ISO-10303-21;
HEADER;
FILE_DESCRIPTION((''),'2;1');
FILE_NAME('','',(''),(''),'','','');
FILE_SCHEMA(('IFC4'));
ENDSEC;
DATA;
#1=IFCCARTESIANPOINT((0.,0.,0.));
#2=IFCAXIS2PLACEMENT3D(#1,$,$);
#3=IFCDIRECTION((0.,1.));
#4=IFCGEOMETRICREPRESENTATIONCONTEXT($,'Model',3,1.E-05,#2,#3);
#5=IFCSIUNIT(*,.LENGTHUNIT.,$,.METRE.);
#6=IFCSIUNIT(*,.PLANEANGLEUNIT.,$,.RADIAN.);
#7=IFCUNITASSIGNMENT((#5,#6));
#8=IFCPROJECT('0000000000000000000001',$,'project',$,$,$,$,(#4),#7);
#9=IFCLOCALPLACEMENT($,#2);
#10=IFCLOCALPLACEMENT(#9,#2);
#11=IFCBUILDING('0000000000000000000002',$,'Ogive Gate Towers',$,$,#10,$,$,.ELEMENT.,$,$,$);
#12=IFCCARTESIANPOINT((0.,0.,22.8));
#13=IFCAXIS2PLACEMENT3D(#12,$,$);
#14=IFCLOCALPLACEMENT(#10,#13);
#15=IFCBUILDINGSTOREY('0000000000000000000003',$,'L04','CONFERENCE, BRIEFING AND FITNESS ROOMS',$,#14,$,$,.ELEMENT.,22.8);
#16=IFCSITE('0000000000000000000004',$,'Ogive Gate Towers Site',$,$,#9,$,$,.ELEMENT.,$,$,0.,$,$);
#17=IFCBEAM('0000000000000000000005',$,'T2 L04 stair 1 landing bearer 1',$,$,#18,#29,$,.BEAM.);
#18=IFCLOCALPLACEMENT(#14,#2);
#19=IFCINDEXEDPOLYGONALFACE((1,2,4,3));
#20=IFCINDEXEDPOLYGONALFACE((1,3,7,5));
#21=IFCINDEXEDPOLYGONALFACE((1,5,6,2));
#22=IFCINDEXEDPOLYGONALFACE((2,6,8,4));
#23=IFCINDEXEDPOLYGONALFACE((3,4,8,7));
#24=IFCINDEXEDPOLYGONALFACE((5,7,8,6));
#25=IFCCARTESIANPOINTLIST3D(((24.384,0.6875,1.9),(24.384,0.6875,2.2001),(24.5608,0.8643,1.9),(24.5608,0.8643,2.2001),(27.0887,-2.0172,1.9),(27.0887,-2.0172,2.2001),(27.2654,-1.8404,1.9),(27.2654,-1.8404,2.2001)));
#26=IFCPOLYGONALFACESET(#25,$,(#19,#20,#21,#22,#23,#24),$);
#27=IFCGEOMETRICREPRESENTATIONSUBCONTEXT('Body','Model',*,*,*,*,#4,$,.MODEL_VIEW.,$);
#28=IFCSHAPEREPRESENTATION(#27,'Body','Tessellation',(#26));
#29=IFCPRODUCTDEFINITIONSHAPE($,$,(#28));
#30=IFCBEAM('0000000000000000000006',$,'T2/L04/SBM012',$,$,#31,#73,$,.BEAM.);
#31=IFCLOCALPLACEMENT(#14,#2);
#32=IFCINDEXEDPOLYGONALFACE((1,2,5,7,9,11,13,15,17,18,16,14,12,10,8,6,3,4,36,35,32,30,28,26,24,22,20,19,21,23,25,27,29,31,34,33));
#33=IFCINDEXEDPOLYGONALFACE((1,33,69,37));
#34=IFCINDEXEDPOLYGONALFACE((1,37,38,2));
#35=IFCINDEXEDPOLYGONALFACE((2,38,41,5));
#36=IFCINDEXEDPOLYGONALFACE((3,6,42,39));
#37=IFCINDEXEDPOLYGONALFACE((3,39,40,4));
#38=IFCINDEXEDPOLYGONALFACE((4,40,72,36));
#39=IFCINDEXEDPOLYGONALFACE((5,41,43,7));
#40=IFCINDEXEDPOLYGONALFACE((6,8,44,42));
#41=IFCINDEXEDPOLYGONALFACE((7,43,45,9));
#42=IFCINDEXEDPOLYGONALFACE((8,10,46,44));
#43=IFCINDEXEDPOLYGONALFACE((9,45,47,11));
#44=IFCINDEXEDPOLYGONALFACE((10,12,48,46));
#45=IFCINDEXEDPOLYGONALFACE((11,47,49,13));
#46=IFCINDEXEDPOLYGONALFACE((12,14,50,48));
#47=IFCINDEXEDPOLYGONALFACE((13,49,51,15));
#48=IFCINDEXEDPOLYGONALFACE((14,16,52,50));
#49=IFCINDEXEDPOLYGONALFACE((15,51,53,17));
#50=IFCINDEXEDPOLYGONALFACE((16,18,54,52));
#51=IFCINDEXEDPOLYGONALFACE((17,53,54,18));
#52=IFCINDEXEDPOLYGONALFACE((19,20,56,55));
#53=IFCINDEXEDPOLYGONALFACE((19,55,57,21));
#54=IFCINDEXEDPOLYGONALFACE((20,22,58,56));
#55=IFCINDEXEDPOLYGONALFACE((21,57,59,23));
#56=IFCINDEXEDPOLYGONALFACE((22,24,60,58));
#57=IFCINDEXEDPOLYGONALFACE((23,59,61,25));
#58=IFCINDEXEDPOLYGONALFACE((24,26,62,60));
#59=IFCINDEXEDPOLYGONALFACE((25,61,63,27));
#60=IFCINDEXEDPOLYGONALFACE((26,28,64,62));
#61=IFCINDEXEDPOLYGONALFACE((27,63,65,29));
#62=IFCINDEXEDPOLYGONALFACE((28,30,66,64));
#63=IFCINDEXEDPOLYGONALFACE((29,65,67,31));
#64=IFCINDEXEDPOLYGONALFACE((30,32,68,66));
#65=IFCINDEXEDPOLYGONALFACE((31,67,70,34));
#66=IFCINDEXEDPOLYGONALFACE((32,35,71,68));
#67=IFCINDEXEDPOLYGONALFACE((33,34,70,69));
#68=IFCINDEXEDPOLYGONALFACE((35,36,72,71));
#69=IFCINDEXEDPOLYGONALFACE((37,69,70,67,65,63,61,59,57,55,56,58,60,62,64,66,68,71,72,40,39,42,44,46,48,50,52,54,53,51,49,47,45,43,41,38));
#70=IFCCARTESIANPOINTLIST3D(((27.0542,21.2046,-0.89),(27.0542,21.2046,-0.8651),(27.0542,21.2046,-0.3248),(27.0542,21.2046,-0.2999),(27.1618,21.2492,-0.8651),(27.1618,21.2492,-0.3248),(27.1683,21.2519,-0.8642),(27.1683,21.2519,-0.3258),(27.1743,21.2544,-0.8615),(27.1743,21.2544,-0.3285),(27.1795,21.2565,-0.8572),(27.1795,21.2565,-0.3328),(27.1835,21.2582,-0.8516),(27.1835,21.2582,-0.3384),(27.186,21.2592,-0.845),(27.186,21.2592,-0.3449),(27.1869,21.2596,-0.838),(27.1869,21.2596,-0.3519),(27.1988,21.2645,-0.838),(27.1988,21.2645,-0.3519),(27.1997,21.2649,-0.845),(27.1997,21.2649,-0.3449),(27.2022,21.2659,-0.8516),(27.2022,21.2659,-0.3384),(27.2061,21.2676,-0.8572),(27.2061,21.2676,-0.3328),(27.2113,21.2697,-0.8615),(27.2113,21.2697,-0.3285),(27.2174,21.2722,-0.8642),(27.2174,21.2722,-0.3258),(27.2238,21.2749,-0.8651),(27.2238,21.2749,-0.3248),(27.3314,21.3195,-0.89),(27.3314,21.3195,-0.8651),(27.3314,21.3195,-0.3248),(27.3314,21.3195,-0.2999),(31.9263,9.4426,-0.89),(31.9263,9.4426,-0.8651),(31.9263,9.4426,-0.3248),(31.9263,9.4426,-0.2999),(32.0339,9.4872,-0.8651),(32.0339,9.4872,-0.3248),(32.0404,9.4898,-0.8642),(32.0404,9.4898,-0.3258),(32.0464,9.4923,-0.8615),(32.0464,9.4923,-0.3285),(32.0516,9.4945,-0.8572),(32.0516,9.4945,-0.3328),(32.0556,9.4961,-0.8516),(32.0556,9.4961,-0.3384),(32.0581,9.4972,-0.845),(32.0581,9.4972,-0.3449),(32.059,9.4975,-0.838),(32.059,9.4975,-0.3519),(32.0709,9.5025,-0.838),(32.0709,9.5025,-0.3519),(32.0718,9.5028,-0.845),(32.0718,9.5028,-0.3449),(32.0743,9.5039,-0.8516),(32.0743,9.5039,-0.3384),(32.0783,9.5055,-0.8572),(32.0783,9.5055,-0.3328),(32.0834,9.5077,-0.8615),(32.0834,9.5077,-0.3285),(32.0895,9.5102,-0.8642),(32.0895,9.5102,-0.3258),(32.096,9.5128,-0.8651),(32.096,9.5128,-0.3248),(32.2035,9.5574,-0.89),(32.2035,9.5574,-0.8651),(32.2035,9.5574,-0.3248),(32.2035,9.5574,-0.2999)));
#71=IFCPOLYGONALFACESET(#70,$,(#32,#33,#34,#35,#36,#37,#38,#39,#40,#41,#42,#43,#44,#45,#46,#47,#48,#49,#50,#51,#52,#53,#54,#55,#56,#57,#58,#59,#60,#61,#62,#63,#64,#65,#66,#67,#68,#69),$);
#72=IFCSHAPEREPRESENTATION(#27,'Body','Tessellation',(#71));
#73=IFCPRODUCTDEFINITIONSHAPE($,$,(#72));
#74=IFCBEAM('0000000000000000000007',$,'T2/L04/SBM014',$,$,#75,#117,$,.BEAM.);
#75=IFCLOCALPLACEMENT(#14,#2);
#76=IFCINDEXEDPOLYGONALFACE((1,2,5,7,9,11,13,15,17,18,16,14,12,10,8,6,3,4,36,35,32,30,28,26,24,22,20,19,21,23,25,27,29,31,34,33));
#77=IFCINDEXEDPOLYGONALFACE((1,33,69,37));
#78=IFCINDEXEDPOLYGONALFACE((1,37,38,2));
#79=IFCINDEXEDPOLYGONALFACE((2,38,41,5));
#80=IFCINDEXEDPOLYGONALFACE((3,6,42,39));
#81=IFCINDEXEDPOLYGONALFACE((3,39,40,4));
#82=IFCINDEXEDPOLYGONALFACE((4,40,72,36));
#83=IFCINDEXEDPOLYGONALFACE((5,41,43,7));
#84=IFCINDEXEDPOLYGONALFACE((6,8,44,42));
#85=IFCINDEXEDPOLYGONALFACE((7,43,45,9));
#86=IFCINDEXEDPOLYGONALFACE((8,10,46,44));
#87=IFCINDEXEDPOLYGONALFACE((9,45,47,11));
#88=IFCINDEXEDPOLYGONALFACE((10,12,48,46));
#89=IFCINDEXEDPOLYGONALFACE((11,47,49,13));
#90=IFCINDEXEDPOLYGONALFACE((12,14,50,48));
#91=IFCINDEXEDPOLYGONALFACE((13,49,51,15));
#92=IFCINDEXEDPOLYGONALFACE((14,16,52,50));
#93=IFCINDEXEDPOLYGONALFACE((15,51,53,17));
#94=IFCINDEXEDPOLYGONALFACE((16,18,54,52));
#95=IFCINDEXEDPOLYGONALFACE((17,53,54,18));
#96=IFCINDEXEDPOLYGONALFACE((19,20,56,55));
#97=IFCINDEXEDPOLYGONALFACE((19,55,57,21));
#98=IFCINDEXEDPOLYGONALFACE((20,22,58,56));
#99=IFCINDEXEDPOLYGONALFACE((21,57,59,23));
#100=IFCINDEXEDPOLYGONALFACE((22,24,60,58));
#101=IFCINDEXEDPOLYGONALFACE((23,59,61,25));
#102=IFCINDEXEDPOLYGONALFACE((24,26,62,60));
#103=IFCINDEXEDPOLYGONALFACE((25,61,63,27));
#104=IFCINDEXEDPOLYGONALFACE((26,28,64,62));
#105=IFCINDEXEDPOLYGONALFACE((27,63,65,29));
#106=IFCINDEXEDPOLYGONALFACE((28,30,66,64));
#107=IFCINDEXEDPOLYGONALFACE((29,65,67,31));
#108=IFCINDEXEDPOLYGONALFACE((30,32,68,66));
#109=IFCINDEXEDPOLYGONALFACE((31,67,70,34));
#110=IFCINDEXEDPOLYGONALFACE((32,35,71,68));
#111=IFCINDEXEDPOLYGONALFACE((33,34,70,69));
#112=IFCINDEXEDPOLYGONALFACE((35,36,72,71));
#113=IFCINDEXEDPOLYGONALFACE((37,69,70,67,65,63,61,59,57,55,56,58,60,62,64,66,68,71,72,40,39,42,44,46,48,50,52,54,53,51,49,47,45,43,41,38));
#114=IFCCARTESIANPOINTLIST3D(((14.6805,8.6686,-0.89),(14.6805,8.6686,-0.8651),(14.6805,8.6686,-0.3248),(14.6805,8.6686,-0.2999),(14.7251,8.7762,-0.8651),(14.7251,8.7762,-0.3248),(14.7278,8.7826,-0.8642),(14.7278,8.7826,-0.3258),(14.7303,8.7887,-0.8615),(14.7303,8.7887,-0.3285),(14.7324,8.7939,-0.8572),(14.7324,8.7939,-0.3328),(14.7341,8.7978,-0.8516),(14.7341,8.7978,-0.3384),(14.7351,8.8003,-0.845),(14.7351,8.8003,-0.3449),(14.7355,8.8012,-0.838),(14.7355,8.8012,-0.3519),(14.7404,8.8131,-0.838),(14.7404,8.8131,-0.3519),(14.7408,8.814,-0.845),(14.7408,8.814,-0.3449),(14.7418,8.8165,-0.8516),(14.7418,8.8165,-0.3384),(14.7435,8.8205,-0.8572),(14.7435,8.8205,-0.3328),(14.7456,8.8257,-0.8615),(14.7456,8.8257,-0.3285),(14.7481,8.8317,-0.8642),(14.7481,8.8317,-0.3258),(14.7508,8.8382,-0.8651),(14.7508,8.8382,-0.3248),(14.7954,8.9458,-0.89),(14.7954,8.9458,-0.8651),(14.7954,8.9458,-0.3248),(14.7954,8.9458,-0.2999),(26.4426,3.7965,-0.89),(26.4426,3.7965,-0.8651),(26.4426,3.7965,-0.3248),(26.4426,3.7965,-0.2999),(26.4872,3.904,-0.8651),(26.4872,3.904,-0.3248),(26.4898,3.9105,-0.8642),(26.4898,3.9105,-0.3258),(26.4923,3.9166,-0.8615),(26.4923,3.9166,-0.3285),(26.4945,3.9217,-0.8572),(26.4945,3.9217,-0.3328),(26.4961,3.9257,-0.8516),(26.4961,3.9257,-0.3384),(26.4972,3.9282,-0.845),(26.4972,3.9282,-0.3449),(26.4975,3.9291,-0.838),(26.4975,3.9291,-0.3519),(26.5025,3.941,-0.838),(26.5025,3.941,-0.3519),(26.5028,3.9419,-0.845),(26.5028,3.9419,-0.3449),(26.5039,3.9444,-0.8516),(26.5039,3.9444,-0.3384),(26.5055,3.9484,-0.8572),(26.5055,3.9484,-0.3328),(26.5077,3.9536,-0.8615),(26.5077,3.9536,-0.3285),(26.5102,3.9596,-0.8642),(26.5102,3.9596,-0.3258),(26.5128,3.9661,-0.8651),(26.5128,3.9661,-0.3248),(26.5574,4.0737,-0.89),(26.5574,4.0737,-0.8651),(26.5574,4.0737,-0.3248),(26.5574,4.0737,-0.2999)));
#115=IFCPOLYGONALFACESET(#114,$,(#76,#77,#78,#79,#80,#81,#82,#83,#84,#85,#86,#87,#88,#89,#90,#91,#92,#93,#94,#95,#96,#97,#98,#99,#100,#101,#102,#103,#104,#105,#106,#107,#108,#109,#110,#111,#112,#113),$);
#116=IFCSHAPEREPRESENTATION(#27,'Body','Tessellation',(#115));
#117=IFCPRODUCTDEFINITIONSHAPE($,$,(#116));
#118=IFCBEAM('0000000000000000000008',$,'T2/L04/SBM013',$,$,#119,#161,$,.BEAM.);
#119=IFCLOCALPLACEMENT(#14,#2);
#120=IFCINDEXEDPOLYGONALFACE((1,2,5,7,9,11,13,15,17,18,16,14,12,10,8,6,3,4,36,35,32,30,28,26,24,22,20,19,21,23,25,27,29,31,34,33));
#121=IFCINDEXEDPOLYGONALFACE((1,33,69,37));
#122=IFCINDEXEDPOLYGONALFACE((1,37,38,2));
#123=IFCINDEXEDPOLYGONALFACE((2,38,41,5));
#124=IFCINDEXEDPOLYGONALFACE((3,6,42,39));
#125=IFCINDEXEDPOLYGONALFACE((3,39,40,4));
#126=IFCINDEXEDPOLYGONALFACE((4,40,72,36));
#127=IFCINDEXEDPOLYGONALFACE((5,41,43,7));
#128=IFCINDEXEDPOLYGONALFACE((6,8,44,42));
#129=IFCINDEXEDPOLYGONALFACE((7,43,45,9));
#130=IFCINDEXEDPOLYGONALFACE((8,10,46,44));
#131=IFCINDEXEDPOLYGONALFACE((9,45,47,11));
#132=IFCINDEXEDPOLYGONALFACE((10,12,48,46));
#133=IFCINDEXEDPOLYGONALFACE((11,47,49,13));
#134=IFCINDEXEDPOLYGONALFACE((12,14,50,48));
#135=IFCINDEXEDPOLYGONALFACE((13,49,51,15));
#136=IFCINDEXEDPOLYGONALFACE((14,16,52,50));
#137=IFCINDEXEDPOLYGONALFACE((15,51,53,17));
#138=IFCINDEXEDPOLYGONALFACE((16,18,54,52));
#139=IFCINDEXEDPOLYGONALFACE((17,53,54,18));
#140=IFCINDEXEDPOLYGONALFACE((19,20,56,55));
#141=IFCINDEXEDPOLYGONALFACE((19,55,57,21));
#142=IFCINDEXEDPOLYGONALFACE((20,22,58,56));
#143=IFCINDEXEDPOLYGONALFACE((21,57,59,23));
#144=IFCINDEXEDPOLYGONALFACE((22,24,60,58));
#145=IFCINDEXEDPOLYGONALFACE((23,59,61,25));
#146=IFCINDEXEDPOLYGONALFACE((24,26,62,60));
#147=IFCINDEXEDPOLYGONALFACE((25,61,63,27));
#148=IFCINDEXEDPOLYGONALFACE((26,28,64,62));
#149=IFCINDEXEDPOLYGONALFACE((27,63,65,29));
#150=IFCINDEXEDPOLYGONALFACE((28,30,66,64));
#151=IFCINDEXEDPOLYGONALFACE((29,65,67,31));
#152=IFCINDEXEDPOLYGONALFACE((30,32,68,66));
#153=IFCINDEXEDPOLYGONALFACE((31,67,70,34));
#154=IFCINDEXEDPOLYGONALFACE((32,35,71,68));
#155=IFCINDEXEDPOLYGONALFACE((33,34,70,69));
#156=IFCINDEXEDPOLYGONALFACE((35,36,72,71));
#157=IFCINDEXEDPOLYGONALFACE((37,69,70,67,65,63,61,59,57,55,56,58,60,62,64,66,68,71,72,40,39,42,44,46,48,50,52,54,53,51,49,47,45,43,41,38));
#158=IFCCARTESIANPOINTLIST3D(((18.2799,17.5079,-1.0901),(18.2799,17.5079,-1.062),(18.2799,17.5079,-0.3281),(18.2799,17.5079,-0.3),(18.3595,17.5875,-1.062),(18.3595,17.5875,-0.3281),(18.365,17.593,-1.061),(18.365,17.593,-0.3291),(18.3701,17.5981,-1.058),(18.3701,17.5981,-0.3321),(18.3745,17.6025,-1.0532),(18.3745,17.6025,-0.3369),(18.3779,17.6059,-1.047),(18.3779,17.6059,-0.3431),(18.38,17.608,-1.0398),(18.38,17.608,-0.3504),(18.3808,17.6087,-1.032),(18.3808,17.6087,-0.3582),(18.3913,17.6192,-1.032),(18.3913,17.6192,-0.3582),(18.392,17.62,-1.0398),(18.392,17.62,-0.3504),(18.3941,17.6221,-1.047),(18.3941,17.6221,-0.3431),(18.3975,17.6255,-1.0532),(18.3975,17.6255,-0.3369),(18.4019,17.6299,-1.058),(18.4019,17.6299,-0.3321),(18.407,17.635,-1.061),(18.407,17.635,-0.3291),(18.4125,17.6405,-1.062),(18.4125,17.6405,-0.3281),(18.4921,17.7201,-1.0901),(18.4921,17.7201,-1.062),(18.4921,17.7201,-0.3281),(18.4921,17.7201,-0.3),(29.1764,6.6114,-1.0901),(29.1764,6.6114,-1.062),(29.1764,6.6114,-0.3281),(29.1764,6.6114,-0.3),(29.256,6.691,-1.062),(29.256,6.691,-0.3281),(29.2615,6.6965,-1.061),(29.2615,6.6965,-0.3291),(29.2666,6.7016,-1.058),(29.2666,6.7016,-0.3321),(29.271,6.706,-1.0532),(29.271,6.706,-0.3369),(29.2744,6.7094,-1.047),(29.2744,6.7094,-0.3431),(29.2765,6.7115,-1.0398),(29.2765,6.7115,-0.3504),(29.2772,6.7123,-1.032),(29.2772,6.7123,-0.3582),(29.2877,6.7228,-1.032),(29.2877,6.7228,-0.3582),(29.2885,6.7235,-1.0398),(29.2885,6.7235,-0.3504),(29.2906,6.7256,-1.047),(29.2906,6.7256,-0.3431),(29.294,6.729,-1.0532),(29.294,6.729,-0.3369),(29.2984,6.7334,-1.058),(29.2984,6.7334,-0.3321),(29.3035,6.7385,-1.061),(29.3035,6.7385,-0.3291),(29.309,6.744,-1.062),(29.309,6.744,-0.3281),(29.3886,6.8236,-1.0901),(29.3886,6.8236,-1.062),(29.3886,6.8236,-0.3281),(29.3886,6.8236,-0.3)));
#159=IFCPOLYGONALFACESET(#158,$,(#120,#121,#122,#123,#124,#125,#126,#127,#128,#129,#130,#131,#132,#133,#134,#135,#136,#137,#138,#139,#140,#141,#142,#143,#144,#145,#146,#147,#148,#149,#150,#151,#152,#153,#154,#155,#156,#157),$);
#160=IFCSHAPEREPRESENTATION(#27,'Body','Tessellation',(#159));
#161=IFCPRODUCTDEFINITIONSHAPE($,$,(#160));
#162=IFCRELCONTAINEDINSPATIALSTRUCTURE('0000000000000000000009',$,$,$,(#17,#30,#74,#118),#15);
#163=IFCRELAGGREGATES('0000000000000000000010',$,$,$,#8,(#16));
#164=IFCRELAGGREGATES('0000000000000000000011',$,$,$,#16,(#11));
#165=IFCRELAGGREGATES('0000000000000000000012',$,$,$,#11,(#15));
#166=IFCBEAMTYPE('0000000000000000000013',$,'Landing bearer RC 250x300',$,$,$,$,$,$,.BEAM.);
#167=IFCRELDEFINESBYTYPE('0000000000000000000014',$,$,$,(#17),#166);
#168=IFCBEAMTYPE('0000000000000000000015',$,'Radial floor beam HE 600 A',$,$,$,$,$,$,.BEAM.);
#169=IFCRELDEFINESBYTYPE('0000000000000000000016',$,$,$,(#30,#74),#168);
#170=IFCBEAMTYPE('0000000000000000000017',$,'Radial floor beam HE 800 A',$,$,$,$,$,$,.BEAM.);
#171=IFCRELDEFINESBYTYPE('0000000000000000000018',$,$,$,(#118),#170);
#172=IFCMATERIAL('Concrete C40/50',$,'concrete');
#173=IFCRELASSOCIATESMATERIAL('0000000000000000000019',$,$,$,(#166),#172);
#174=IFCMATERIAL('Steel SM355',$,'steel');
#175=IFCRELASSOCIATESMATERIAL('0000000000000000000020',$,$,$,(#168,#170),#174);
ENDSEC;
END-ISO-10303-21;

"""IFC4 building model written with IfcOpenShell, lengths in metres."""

from ifc_helpers import new_model, si_unit, direction, frame, origin, origin_2d, place, context, subcontext, project, spatial, rectangle, i_section, extrude, material, material_profile, profile_set, type_object, element, save


model = new_model("IFC4")

# Units and contexts
model_context = context("Model", 3, precision=1e-05, world=origin(), true_north=direction((0.0, 1.0)))
body_context = subcontext(model_context, "Body", "Model", "MODEL_VIEW")
ifc_project = project(units=[si_unit("LENGTHUNIT", "METRE"), si_unit("PLANEANGLEUNIT", "RADIAN")], contexts=[model_context])

# Site, building, storey
site_placement = place(None, origin())
site = spatial("IfcSite", under=ifc_project, at=site_placement, Name="Ogive Gate Towers Site", CompositionType="ELEMENT", RefElevation=0.0)
building_placement = place(site_placement, origin())
building = spatial("IfcBuilding", under=site, at=building_placement, Name="Ogive Gate Towers", CompositionType="ELEMENT")
storey_placement = place(building_placement, frame((0.0, 0.0, 22.8)))
storey = spatial("IfcBuildingStorey", under=building, at=storey_placement, Name="L04", Description="CONFERENCE, BRIEFING AND FITNESS ROOMS", CompositionType="ELEMENT", Elevation=22.8)

# Beams
ifc_material_1 = material(Name="Concrete C40/50", Category="concrete")
ifc_material_profile_1 = material_profile(ifc_material_1, rectangle(XDim=0.25, YDim=0.3, at=origin_2d()), Name="RC 250x300")
ifc_profile_set_1 = profile_set([ifc_material_profile_1], Name="Concrete C40/50")
beam_type_1 = type_object("IfcBeamType", Name="Landing bearer RC 250x300", PredefinedType="BEAM", material=ifc_profile_set_1)
beam_1_placement = place(storey_placement, frame((24.4724, 0.7759, 2.05), z_axis=(0.707107, -0.707107, 0.0), x_axis=(0.707107, 0.707107, 0.0)))
element("IfcBeam", 1, at=beam_1_placement, inside=storey, type_object=beam_type_1, Name="T2 L04 stair 1 landing bearer 1", PredefinedType="BEAM", context=body_context, shape_type="SweptSolid", body=[
    extrude(rectangle(XDim=0.25, YDim=0.3, at=origin_2d()), origin(), (0.0, 0.0, 1.0), 3.825),
])
ifc_material_2 = material(Name="Steel SM355", Category="steel")
ifc_material_profile_2 = material_profile(ifc_material_2, i_section(OverallWidth=0.3, OverallDepth=0.5901, WebThickness=0.0129, FlangeThickness=0.0249, FilletRadius=0.0271, at=origin_2d()), Name="HE 600 A")
ifc_profile_set_2 = profile_set([ifc_material_profile_2], Name="Steel SM355")
beam_type_2 = type_object("IfcBeamType", Name="Radial floor beam HE 600 A", PredefinedType="BEAM", material=ifc_profile_set_2)
for number, where, z_axis, x_axis, name in (
    (2, (32.0649, 9.5, -0.595), (-0.382691, 0.923877, 0.0), (-0.923877, -0.382691, 0.0), "T2/L04/SBM012"),
    (3, (26.5, 3.9351, -0.595), (-0.923877, 0.382691, 0.0), (-0.382691, -0.923877, 0.0), "T2/L04/SBM014"),
):
    element("IfcBeam", number, at=place(storey_placement, frame(where, z_axis=z_axis, x_axis=x_axis)), inside=storey, type_object=beam_type_2, Name=name, PredefinedType="BEAM", context=body_context, shape_type="SweptSolid", body=[
        extrude(i_section(OverallWidth=0.3, OverallDepth=0.5901, WebThickness=0.0129, FlangeThickness=0.0249, FilletRadius=0.0271, at=origin_2d()), origin(), (0.0, 0.0, 1.0), 12.7312),
    ])
ifc_material_profile_3 = material_profile(ifc_material_2, i_section(OverallWidth=0.3, OverallDepth=0.79, WebThickness=0.0149, FlangeThickness=0.0281, FilletRadius=0.03, at=origin_2d()), Name="HE 800 A")
ifc_profile_set_3 = profile_set([ifc_material_profile_3], Name="Steel SM355")
beam_type_3 = type_object("IfcBeamType", Name="Radial floor beam HE 800 A", PredefinedType="BEAM", material=ifc_profile_set_3)
beam_2_placement = place(storey_placement, frame((29.2825, 6.7175, -0.6951), z_axis=(-0.707107, 0.707107, 0.0), x_axis=(-0.707107, -0.707107, 0.0)))
element("IfcBeam", 4, at=beam_2_placement, inside=storey, type_object=beam_type_3, Name="T2/L04/SBM013", PredefinedType="BEAM", context=body_context, shape_type="SweptSolid", body=[
    extrude(i_section(OverallWidth=0.3, OverallDepth=0.79, WebThickness=0.0149, FlangeThickness=0.0281, FilletRadius=0.03, at=origin_2d()), origin(), (0.0, 0.0, 1.0), 15.4099),
])

save(model, "model.ifc")
